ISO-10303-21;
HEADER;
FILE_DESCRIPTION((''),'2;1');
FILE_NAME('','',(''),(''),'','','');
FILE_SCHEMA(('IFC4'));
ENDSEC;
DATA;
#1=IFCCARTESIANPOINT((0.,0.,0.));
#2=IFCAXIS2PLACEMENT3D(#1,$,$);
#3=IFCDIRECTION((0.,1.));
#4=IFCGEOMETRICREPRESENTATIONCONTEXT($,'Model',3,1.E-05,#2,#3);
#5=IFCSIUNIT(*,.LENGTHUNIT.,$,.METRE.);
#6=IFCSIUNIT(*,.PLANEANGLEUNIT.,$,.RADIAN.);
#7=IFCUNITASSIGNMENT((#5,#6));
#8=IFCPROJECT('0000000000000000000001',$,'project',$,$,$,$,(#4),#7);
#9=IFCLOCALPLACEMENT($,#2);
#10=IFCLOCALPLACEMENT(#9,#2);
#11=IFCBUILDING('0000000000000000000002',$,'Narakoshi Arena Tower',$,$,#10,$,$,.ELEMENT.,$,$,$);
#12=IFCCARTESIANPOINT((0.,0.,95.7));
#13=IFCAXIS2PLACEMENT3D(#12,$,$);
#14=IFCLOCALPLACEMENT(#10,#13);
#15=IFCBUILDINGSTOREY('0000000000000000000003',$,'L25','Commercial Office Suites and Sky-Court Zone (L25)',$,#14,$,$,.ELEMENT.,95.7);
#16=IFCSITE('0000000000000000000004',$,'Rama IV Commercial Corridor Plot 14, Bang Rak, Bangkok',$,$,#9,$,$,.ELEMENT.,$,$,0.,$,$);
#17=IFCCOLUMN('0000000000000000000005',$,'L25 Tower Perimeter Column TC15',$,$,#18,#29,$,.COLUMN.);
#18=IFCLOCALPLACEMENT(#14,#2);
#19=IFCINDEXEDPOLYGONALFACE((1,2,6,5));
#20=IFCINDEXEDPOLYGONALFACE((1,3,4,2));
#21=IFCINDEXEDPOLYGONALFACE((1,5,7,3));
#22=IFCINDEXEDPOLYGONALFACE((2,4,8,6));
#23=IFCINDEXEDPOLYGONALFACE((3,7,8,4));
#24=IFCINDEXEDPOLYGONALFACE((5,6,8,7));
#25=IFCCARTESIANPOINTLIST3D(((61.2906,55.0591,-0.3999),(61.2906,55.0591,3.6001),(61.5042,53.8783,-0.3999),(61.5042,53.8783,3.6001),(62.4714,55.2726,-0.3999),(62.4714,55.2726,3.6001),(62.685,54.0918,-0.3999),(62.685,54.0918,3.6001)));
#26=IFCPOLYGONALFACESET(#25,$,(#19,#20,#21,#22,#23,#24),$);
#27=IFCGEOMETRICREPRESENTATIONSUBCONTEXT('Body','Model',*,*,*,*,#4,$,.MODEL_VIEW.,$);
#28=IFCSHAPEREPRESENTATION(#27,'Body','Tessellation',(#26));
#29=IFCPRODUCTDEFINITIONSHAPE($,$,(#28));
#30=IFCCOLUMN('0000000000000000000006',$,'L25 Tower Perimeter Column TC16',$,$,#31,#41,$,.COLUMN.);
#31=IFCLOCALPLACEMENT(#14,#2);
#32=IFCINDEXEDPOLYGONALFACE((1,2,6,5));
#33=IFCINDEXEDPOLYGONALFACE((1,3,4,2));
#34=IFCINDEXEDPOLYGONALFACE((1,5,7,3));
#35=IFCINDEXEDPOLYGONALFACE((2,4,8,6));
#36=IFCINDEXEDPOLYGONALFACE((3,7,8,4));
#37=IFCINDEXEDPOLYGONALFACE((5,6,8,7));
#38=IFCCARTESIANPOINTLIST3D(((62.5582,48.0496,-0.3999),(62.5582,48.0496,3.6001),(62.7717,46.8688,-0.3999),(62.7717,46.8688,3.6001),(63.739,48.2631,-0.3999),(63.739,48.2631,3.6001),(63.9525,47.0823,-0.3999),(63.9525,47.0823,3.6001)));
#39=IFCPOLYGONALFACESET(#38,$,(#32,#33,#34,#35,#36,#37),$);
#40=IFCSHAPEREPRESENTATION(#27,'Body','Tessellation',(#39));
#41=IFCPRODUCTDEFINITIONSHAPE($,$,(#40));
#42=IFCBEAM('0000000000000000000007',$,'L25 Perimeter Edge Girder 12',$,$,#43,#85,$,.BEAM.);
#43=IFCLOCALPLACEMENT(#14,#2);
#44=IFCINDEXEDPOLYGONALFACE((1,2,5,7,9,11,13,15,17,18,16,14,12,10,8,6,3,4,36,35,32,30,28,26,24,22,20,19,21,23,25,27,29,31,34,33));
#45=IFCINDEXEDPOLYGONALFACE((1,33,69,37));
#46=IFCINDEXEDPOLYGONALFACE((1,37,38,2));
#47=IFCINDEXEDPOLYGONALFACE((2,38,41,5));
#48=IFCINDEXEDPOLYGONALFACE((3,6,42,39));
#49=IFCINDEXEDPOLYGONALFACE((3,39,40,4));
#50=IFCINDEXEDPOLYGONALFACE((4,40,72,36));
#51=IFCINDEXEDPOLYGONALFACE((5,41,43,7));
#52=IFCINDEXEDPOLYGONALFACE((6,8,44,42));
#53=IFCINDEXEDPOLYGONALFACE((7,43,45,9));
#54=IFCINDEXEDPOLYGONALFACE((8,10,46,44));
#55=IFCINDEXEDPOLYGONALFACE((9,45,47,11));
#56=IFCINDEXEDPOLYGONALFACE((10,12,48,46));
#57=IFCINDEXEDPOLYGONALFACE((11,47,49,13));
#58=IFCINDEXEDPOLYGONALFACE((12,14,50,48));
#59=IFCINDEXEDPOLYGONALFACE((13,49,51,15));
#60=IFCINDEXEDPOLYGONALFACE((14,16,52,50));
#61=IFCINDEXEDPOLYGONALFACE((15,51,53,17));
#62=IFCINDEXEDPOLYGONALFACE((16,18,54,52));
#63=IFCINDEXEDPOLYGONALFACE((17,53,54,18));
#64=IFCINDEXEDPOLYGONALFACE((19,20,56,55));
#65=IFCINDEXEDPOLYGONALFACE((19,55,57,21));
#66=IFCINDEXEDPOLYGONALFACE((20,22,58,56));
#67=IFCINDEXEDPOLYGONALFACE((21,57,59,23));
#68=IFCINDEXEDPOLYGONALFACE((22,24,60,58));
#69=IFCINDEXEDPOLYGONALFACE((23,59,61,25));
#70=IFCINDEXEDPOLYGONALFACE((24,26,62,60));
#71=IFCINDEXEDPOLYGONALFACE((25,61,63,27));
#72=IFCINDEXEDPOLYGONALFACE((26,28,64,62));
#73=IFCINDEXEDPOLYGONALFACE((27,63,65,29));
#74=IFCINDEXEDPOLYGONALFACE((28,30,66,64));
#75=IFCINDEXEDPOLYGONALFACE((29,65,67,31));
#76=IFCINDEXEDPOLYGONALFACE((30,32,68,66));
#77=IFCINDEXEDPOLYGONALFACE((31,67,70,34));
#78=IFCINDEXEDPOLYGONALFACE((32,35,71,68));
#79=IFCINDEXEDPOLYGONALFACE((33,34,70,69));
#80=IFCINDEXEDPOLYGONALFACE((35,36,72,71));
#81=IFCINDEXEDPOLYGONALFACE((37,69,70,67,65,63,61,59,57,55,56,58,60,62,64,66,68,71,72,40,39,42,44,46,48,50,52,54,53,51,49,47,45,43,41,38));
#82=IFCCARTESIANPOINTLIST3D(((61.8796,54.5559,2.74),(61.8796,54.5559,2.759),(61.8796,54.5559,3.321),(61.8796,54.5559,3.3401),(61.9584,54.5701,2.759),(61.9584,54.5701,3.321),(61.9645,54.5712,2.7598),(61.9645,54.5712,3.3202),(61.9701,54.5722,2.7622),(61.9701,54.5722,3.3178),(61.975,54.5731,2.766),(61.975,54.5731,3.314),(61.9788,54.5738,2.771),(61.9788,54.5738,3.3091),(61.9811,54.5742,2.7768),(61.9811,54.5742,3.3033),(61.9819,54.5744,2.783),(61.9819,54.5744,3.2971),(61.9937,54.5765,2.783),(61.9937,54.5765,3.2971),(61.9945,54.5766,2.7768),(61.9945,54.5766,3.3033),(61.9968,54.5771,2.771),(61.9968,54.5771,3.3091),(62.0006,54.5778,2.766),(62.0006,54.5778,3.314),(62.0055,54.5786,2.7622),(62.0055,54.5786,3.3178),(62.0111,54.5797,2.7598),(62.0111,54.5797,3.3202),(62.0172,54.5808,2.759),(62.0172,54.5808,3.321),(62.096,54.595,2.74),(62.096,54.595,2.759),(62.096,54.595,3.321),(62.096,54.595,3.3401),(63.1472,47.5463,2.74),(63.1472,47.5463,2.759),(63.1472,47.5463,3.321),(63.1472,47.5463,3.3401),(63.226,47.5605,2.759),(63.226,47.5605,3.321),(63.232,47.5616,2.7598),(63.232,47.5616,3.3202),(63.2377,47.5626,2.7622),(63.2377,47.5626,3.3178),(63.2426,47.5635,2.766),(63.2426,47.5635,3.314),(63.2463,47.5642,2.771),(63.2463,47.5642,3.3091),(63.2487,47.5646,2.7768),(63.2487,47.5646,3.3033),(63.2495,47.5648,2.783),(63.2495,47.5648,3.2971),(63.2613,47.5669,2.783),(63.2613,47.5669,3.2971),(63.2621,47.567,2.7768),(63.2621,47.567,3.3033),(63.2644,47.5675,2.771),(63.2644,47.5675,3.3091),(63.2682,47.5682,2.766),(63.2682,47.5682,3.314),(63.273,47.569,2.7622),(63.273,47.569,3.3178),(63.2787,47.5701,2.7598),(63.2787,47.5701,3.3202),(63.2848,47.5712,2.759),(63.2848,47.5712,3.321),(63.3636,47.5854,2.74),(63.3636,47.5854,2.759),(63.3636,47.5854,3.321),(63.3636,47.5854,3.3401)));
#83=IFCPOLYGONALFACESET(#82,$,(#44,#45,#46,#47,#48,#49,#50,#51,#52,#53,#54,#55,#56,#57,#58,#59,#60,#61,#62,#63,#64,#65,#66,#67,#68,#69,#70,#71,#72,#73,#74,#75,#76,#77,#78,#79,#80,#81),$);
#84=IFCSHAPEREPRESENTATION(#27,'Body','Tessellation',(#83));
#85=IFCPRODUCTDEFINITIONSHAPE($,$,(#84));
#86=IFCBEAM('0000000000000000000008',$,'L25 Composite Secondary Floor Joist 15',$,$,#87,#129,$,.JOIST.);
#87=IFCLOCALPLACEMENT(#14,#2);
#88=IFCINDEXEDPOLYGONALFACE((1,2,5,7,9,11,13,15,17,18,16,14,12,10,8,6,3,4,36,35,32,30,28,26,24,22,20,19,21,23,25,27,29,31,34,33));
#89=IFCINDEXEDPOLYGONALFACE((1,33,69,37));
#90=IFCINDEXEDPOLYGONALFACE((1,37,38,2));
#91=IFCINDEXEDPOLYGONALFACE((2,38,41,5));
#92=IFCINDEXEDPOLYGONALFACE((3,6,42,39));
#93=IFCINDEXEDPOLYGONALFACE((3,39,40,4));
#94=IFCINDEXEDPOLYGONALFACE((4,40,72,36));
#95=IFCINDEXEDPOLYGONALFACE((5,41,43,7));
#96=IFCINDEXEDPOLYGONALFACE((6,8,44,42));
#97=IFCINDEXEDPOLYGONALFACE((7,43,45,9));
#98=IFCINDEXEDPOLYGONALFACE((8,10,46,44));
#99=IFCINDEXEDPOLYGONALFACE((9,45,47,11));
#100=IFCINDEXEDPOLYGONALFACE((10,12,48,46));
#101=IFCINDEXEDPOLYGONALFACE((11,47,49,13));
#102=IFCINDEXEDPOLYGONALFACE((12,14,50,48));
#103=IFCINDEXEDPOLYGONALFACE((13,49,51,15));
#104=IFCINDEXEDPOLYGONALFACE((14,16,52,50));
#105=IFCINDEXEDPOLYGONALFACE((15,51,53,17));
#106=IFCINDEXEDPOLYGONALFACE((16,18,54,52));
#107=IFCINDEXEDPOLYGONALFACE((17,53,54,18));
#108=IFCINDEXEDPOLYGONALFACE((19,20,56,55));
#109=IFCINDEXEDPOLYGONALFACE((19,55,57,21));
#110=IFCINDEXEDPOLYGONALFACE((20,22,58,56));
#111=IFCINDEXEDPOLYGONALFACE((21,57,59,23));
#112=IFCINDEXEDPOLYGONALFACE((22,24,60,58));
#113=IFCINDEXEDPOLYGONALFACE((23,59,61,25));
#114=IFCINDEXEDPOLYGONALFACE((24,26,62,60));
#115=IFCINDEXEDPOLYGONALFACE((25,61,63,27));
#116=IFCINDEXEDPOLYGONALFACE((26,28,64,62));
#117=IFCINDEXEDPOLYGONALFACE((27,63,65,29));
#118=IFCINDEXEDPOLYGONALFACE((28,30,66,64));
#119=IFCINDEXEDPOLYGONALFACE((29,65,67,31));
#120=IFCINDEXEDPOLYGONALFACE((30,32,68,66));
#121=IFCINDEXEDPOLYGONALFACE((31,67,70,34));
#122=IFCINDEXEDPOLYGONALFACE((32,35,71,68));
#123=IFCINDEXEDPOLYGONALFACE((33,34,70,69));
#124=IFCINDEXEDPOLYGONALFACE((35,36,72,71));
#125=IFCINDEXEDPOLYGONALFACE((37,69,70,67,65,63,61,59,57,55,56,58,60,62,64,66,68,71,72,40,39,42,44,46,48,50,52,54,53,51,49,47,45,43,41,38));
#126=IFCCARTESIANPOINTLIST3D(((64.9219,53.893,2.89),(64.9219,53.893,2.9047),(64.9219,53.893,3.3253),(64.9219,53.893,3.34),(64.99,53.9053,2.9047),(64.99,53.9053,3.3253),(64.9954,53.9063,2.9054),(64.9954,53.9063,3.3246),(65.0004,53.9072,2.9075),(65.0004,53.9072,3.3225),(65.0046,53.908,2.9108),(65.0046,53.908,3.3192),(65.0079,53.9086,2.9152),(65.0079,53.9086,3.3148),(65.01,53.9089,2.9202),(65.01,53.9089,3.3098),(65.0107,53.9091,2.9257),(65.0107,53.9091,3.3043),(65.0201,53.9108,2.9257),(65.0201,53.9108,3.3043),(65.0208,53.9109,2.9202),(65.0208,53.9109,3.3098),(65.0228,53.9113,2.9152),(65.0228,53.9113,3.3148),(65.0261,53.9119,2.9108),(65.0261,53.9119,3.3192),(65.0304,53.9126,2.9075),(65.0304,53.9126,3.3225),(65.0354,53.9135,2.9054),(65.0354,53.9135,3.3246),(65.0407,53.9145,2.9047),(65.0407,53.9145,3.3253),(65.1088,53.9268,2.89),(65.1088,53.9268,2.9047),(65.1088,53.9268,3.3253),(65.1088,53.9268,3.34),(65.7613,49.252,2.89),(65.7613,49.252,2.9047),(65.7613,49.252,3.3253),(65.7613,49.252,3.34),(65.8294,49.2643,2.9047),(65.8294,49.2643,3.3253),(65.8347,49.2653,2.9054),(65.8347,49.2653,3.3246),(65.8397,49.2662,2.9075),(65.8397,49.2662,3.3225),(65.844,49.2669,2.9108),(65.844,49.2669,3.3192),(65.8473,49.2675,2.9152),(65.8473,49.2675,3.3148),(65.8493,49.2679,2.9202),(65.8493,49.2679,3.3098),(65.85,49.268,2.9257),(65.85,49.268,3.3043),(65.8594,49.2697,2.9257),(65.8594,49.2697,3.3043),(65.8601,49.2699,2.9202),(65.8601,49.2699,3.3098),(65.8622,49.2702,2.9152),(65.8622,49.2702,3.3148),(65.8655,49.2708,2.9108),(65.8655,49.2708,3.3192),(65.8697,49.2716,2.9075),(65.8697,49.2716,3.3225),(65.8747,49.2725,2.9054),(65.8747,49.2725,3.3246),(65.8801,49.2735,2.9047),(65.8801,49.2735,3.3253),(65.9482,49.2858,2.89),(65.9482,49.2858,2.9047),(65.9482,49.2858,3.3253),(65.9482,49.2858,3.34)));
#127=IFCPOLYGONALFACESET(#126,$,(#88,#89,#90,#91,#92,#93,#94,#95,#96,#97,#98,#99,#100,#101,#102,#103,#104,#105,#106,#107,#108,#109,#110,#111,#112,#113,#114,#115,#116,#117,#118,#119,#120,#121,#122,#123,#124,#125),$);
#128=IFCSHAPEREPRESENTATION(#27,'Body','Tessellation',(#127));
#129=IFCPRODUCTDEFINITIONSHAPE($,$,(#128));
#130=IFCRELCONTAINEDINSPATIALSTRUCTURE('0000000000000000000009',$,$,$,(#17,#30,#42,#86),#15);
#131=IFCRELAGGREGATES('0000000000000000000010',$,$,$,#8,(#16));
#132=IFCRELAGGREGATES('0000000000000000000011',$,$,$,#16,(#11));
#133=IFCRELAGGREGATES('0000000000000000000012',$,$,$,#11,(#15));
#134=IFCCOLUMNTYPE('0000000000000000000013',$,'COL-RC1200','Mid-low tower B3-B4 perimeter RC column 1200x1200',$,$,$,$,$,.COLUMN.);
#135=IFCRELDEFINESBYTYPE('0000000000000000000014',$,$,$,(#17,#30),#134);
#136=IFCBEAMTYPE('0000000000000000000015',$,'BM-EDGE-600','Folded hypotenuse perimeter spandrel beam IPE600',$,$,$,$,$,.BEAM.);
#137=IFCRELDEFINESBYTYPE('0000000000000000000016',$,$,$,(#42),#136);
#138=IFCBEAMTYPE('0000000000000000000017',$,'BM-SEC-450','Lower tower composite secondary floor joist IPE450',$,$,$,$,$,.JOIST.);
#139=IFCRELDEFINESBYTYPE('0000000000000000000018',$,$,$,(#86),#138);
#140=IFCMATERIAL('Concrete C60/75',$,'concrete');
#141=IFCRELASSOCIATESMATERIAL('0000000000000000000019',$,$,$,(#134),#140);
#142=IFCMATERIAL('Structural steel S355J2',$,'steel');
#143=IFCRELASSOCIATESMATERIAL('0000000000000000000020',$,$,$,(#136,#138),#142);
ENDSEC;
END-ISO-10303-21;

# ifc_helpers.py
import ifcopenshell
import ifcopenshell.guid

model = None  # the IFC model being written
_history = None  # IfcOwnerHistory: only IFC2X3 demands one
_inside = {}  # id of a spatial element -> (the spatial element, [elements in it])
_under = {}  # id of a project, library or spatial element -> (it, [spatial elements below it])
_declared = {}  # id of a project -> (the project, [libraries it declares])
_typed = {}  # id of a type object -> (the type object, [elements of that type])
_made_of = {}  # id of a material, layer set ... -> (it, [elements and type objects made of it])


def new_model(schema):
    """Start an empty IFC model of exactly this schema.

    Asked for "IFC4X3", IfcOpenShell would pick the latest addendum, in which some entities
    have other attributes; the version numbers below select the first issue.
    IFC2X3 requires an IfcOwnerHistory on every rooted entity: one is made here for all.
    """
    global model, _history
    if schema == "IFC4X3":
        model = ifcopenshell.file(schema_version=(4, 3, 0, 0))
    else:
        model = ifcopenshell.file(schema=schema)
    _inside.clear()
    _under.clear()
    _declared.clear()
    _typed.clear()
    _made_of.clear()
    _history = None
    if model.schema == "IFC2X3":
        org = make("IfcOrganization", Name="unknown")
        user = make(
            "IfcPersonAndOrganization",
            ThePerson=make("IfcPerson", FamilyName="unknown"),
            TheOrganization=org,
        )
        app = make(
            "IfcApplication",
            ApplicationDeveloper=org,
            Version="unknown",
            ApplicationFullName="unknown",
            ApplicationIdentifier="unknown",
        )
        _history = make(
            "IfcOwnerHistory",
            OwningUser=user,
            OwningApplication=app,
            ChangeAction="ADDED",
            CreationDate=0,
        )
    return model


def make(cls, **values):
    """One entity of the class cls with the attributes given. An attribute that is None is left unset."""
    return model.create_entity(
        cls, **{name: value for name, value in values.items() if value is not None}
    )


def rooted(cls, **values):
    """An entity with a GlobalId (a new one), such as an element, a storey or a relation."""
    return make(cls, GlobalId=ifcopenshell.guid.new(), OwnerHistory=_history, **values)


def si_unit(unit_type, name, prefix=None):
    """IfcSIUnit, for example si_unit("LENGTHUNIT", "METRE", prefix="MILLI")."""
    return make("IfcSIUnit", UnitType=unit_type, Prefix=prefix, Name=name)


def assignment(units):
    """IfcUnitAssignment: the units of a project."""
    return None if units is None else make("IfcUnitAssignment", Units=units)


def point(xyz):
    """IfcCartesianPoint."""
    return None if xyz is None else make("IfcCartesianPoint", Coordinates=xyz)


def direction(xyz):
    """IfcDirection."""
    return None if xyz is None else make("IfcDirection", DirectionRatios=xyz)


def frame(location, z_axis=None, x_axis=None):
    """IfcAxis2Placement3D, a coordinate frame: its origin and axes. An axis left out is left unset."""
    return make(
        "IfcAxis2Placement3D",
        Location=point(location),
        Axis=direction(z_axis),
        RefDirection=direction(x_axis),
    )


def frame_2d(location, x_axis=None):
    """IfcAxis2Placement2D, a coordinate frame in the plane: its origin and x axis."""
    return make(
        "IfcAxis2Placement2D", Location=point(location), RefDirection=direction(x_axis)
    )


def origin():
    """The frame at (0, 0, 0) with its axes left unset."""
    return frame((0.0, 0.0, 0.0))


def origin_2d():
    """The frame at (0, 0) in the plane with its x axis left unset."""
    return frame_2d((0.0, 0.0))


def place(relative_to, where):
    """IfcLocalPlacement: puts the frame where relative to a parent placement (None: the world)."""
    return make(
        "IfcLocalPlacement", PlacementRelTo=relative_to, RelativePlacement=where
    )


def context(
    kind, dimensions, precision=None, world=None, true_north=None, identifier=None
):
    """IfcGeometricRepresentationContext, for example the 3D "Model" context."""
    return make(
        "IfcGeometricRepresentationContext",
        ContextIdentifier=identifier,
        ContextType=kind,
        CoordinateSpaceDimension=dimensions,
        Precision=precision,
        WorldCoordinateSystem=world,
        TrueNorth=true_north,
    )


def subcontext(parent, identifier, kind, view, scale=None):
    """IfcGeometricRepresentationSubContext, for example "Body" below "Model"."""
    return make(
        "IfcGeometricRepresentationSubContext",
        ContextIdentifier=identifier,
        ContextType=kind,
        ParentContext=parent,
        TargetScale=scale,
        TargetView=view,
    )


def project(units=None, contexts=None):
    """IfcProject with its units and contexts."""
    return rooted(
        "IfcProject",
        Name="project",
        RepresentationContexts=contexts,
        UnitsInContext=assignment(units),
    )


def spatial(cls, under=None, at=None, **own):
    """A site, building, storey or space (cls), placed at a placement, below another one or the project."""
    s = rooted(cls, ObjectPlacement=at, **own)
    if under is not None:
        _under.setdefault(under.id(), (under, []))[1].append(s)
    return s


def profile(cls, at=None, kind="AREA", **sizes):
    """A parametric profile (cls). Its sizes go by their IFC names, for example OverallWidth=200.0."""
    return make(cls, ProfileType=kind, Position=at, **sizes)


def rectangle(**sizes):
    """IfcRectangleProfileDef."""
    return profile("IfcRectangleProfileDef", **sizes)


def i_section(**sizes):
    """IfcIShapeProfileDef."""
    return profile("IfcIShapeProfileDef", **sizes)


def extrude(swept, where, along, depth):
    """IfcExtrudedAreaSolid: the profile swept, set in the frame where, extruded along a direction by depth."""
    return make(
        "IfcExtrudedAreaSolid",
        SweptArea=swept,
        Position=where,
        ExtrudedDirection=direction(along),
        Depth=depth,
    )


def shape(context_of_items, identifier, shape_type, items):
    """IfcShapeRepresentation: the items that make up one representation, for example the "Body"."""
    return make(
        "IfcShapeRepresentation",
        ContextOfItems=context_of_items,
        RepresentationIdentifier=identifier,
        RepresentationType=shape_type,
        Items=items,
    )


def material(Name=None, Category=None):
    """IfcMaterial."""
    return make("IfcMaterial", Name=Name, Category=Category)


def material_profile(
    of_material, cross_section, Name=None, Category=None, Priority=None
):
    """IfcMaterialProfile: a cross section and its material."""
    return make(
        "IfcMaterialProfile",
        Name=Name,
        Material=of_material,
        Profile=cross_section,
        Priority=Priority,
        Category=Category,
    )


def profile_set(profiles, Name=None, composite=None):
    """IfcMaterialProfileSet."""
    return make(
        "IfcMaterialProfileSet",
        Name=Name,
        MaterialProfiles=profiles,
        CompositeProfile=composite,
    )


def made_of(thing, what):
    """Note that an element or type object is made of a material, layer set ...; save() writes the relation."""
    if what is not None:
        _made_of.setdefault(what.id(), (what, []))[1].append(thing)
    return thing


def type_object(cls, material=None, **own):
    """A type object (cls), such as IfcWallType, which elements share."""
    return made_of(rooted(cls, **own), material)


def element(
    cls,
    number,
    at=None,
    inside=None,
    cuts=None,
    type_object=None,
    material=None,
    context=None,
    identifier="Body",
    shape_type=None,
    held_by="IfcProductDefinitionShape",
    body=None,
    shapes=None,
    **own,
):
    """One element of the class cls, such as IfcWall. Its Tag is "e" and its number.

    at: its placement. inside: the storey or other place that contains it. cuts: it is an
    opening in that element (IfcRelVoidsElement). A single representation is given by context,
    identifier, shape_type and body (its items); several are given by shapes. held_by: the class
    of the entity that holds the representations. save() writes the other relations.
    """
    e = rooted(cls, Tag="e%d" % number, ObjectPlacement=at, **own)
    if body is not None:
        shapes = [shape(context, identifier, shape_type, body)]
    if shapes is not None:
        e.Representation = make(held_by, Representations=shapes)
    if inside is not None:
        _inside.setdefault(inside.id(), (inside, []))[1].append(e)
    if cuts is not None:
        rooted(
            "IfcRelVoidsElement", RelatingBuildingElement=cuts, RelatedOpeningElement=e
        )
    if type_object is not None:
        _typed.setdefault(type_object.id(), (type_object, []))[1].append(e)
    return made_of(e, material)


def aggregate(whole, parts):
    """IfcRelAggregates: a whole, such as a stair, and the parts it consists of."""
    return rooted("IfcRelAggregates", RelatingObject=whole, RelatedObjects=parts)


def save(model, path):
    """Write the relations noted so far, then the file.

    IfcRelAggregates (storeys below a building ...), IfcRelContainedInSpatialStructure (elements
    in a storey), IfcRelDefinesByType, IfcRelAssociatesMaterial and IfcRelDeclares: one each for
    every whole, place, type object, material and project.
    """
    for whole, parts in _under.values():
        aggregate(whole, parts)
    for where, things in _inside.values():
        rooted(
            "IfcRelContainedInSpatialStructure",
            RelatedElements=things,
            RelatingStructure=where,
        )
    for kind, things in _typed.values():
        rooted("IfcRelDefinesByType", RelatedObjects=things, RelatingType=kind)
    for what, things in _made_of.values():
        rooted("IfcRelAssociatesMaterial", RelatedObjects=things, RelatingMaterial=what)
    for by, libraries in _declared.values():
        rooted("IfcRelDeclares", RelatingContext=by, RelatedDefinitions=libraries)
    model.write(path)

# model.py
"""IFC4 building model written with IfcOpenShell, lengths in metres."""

from ifc_helpers import new_model, si_unit, direction, frame, origin, origin_2d, place, context, subcontext, project, spatial, rectangle, i_section, extrude, material, material_profile, profile_set, type_object, element, save


model = new_model("IFC4")

# Units and contexts
model_context = context("Model", 3, precision=1e-05, world=origin(), true_north=direction((0.0, 1.0)))
body_context = subcontext(model_context, "Body", "Model", "MODEL_VIEW")
ifc_project = project(units=[si_unit("LENGTHUNIT", "METRE"), si_unit("PLANEANGLEUNIT", "RADIAN")], contexts=[model_context])

# Site, building, storey
site_placement = place(None, origin())
site = spatial("IfcSite", under=ifc_project, at=site_placement, Name="Rama IV Commercial Corridor Plot 14, Bang Rak, Bangkok", CompositionType="ELEMENT", RefElevation=0.0)
building_placement = place(site_placement, origin())
building = spatial("IfcBuilding", under=site, at=building_placement, Name="Narakoshi Arena Tower", CompositionType="ELEMENT")
storey_placement = place(building_placement, frame((0.0, 0.0, 95.7)))
storey = spatial("IfcBuildingStorey", under=building, at=storey_placement, Name="L25", Description="Commercial Office Suites and Sky-Court Zone (L25)", CompositionType="ELEMENT", Elevation=95.7)

# Columns
ifc_material_1 = material(Name="Concrete C60/75", Category="concrete")
ifc_material_profile_1 = material_profile(ifc_material_1, rectangle(XDim=1.2, YDim=1.2, at=origin_2d()), Name="RC1200x1200")
ifc_profile_set_1 = profile_set([ifc_material_profile_1], Name="Concrete C60/75")
column_type = type_object("IfcColumnType", Name="COL-RC1200", Description="Mid-low tower B3-B4 perimeter RC column 1200x1200", PredefinedType="COLUMN", material=ifc_profile_set_1)
for number, where, z_axis, x_axis, name in (
    (1, (61.9878, 54.5754, -0.3999), (0.0, 0.0, 1.0), (-0.177944, 0.984041, 0.0), "L25 Tower Perimeter Column TC15"),
    (2, (63.2554, 47.5659, -0.3999), (0.0, 0.0, 1.0), (-0.177944, 0.984041, 0.0), "L25 Tower Perimeter Column TC16"),
):
    element("IfcColumn", number, at=place(storey_placement, frame(where, z_axis=z_axis, x_axis=x_axis)), inside=storey, type_object=column_type, Name=name, PredefinedType="COLUMN", context=body_context, shape_type="SweptSolid", body=[
        extrude(rectangle(XDim=1.2, YDim=1.2, at=origin_2d()), origin(), (0.0, 0.0, 1.0), 4.0),
    ])

# Beams
ifc_material_2 = material(Name="Structural steel S355J2", Category="steel")
ifc_material_profile_2 = material_profile(ifc_material_2, i_section(OverallWidth=0.22, OverallDepth=0.6001, WebThickness=0.012, FlangeThickness=0.019, FilletRadius=0.0239, at=origin_2d()), Name="IPE600")
ifc_profile_set_2 = profile_set([ifc_material_profile_2], Name="Structural steel S355J2")
beam_type_1 = type_object("IfcBeamType", Name="BM-EDGE-600", Description="Folded hypotenuse perimeter spandrel beam IPE600", PredefinedType="BEAM", material=ifc_profile_set_2)
beam_1_placement = place(storey_placement, frame((61.9878, 54.5754, 3.04), z_axis=(0.17795, -0.984039, 0.0), x_axis=(0.984039, 0.17795, 0.0)))
element("IfcBeam", 3, at=beam_1_placement, inside=storey, type_object=beam_type_1, Name="L25 Perimeter Edge Girder 12", PredefinedType="BEAM", context=body_context, shape_type="SweptSolid", body=[
    extrude(i_section(OverallWidth=0.22, OverallDepth=0.6001, WebThickness=0.012, FlangeThickness=0.019, FilletRadius=0.0239, at=origin_2d()), origin(), (0.0, 0.0, 1.0), 7.1233),
])
ifc_material_profile_3 = material_profile(ifc_material_2, i_section(OverallWidth=0.1899, OverallDepth=0.45, WebThickness=0.0095, FlangeThickness=0.0146, FilletRadius=0.021, at=origin_2d()), Name="IPE450")
ifc_profile_set_3 = profile_set([ifc_material_profile_3], Name="Structural steel S355J2")
beam_type_2 = type_object("IfcBeamType", Name="BM-SEC-450", Description="Lower tower composite secondary floor joist IPE450", PredefinedType="JOIST", material=ifc_profile_set_3)
beam_2_placement = place(storey_placement, frame((65.0154, 53.9099, 3.115), z_axis=(0.177965, -0.984037, 0.0), x_axis=(0.984037, 0.177965, 0.0)))
element("IfcBeam", 4, at=beam_2_placement, inside=storey, type_object=beam_type_2, Name="L25 Composite Secondary Floor Joist 15", PredefinedType="JOIST", context=body_context, shape_type="SweptSolid", body=[
    extrude(i_section(OverallWidth=0.1899, OverallDepth=0.45, WebThickness=0.0095, FlangeThickness=0.0146, FilletRadius=0.021, at=origin_2d()), origin(), (0.0, 0.0, 1.0), 4.7163),
])

save(model, "model.ifc")
